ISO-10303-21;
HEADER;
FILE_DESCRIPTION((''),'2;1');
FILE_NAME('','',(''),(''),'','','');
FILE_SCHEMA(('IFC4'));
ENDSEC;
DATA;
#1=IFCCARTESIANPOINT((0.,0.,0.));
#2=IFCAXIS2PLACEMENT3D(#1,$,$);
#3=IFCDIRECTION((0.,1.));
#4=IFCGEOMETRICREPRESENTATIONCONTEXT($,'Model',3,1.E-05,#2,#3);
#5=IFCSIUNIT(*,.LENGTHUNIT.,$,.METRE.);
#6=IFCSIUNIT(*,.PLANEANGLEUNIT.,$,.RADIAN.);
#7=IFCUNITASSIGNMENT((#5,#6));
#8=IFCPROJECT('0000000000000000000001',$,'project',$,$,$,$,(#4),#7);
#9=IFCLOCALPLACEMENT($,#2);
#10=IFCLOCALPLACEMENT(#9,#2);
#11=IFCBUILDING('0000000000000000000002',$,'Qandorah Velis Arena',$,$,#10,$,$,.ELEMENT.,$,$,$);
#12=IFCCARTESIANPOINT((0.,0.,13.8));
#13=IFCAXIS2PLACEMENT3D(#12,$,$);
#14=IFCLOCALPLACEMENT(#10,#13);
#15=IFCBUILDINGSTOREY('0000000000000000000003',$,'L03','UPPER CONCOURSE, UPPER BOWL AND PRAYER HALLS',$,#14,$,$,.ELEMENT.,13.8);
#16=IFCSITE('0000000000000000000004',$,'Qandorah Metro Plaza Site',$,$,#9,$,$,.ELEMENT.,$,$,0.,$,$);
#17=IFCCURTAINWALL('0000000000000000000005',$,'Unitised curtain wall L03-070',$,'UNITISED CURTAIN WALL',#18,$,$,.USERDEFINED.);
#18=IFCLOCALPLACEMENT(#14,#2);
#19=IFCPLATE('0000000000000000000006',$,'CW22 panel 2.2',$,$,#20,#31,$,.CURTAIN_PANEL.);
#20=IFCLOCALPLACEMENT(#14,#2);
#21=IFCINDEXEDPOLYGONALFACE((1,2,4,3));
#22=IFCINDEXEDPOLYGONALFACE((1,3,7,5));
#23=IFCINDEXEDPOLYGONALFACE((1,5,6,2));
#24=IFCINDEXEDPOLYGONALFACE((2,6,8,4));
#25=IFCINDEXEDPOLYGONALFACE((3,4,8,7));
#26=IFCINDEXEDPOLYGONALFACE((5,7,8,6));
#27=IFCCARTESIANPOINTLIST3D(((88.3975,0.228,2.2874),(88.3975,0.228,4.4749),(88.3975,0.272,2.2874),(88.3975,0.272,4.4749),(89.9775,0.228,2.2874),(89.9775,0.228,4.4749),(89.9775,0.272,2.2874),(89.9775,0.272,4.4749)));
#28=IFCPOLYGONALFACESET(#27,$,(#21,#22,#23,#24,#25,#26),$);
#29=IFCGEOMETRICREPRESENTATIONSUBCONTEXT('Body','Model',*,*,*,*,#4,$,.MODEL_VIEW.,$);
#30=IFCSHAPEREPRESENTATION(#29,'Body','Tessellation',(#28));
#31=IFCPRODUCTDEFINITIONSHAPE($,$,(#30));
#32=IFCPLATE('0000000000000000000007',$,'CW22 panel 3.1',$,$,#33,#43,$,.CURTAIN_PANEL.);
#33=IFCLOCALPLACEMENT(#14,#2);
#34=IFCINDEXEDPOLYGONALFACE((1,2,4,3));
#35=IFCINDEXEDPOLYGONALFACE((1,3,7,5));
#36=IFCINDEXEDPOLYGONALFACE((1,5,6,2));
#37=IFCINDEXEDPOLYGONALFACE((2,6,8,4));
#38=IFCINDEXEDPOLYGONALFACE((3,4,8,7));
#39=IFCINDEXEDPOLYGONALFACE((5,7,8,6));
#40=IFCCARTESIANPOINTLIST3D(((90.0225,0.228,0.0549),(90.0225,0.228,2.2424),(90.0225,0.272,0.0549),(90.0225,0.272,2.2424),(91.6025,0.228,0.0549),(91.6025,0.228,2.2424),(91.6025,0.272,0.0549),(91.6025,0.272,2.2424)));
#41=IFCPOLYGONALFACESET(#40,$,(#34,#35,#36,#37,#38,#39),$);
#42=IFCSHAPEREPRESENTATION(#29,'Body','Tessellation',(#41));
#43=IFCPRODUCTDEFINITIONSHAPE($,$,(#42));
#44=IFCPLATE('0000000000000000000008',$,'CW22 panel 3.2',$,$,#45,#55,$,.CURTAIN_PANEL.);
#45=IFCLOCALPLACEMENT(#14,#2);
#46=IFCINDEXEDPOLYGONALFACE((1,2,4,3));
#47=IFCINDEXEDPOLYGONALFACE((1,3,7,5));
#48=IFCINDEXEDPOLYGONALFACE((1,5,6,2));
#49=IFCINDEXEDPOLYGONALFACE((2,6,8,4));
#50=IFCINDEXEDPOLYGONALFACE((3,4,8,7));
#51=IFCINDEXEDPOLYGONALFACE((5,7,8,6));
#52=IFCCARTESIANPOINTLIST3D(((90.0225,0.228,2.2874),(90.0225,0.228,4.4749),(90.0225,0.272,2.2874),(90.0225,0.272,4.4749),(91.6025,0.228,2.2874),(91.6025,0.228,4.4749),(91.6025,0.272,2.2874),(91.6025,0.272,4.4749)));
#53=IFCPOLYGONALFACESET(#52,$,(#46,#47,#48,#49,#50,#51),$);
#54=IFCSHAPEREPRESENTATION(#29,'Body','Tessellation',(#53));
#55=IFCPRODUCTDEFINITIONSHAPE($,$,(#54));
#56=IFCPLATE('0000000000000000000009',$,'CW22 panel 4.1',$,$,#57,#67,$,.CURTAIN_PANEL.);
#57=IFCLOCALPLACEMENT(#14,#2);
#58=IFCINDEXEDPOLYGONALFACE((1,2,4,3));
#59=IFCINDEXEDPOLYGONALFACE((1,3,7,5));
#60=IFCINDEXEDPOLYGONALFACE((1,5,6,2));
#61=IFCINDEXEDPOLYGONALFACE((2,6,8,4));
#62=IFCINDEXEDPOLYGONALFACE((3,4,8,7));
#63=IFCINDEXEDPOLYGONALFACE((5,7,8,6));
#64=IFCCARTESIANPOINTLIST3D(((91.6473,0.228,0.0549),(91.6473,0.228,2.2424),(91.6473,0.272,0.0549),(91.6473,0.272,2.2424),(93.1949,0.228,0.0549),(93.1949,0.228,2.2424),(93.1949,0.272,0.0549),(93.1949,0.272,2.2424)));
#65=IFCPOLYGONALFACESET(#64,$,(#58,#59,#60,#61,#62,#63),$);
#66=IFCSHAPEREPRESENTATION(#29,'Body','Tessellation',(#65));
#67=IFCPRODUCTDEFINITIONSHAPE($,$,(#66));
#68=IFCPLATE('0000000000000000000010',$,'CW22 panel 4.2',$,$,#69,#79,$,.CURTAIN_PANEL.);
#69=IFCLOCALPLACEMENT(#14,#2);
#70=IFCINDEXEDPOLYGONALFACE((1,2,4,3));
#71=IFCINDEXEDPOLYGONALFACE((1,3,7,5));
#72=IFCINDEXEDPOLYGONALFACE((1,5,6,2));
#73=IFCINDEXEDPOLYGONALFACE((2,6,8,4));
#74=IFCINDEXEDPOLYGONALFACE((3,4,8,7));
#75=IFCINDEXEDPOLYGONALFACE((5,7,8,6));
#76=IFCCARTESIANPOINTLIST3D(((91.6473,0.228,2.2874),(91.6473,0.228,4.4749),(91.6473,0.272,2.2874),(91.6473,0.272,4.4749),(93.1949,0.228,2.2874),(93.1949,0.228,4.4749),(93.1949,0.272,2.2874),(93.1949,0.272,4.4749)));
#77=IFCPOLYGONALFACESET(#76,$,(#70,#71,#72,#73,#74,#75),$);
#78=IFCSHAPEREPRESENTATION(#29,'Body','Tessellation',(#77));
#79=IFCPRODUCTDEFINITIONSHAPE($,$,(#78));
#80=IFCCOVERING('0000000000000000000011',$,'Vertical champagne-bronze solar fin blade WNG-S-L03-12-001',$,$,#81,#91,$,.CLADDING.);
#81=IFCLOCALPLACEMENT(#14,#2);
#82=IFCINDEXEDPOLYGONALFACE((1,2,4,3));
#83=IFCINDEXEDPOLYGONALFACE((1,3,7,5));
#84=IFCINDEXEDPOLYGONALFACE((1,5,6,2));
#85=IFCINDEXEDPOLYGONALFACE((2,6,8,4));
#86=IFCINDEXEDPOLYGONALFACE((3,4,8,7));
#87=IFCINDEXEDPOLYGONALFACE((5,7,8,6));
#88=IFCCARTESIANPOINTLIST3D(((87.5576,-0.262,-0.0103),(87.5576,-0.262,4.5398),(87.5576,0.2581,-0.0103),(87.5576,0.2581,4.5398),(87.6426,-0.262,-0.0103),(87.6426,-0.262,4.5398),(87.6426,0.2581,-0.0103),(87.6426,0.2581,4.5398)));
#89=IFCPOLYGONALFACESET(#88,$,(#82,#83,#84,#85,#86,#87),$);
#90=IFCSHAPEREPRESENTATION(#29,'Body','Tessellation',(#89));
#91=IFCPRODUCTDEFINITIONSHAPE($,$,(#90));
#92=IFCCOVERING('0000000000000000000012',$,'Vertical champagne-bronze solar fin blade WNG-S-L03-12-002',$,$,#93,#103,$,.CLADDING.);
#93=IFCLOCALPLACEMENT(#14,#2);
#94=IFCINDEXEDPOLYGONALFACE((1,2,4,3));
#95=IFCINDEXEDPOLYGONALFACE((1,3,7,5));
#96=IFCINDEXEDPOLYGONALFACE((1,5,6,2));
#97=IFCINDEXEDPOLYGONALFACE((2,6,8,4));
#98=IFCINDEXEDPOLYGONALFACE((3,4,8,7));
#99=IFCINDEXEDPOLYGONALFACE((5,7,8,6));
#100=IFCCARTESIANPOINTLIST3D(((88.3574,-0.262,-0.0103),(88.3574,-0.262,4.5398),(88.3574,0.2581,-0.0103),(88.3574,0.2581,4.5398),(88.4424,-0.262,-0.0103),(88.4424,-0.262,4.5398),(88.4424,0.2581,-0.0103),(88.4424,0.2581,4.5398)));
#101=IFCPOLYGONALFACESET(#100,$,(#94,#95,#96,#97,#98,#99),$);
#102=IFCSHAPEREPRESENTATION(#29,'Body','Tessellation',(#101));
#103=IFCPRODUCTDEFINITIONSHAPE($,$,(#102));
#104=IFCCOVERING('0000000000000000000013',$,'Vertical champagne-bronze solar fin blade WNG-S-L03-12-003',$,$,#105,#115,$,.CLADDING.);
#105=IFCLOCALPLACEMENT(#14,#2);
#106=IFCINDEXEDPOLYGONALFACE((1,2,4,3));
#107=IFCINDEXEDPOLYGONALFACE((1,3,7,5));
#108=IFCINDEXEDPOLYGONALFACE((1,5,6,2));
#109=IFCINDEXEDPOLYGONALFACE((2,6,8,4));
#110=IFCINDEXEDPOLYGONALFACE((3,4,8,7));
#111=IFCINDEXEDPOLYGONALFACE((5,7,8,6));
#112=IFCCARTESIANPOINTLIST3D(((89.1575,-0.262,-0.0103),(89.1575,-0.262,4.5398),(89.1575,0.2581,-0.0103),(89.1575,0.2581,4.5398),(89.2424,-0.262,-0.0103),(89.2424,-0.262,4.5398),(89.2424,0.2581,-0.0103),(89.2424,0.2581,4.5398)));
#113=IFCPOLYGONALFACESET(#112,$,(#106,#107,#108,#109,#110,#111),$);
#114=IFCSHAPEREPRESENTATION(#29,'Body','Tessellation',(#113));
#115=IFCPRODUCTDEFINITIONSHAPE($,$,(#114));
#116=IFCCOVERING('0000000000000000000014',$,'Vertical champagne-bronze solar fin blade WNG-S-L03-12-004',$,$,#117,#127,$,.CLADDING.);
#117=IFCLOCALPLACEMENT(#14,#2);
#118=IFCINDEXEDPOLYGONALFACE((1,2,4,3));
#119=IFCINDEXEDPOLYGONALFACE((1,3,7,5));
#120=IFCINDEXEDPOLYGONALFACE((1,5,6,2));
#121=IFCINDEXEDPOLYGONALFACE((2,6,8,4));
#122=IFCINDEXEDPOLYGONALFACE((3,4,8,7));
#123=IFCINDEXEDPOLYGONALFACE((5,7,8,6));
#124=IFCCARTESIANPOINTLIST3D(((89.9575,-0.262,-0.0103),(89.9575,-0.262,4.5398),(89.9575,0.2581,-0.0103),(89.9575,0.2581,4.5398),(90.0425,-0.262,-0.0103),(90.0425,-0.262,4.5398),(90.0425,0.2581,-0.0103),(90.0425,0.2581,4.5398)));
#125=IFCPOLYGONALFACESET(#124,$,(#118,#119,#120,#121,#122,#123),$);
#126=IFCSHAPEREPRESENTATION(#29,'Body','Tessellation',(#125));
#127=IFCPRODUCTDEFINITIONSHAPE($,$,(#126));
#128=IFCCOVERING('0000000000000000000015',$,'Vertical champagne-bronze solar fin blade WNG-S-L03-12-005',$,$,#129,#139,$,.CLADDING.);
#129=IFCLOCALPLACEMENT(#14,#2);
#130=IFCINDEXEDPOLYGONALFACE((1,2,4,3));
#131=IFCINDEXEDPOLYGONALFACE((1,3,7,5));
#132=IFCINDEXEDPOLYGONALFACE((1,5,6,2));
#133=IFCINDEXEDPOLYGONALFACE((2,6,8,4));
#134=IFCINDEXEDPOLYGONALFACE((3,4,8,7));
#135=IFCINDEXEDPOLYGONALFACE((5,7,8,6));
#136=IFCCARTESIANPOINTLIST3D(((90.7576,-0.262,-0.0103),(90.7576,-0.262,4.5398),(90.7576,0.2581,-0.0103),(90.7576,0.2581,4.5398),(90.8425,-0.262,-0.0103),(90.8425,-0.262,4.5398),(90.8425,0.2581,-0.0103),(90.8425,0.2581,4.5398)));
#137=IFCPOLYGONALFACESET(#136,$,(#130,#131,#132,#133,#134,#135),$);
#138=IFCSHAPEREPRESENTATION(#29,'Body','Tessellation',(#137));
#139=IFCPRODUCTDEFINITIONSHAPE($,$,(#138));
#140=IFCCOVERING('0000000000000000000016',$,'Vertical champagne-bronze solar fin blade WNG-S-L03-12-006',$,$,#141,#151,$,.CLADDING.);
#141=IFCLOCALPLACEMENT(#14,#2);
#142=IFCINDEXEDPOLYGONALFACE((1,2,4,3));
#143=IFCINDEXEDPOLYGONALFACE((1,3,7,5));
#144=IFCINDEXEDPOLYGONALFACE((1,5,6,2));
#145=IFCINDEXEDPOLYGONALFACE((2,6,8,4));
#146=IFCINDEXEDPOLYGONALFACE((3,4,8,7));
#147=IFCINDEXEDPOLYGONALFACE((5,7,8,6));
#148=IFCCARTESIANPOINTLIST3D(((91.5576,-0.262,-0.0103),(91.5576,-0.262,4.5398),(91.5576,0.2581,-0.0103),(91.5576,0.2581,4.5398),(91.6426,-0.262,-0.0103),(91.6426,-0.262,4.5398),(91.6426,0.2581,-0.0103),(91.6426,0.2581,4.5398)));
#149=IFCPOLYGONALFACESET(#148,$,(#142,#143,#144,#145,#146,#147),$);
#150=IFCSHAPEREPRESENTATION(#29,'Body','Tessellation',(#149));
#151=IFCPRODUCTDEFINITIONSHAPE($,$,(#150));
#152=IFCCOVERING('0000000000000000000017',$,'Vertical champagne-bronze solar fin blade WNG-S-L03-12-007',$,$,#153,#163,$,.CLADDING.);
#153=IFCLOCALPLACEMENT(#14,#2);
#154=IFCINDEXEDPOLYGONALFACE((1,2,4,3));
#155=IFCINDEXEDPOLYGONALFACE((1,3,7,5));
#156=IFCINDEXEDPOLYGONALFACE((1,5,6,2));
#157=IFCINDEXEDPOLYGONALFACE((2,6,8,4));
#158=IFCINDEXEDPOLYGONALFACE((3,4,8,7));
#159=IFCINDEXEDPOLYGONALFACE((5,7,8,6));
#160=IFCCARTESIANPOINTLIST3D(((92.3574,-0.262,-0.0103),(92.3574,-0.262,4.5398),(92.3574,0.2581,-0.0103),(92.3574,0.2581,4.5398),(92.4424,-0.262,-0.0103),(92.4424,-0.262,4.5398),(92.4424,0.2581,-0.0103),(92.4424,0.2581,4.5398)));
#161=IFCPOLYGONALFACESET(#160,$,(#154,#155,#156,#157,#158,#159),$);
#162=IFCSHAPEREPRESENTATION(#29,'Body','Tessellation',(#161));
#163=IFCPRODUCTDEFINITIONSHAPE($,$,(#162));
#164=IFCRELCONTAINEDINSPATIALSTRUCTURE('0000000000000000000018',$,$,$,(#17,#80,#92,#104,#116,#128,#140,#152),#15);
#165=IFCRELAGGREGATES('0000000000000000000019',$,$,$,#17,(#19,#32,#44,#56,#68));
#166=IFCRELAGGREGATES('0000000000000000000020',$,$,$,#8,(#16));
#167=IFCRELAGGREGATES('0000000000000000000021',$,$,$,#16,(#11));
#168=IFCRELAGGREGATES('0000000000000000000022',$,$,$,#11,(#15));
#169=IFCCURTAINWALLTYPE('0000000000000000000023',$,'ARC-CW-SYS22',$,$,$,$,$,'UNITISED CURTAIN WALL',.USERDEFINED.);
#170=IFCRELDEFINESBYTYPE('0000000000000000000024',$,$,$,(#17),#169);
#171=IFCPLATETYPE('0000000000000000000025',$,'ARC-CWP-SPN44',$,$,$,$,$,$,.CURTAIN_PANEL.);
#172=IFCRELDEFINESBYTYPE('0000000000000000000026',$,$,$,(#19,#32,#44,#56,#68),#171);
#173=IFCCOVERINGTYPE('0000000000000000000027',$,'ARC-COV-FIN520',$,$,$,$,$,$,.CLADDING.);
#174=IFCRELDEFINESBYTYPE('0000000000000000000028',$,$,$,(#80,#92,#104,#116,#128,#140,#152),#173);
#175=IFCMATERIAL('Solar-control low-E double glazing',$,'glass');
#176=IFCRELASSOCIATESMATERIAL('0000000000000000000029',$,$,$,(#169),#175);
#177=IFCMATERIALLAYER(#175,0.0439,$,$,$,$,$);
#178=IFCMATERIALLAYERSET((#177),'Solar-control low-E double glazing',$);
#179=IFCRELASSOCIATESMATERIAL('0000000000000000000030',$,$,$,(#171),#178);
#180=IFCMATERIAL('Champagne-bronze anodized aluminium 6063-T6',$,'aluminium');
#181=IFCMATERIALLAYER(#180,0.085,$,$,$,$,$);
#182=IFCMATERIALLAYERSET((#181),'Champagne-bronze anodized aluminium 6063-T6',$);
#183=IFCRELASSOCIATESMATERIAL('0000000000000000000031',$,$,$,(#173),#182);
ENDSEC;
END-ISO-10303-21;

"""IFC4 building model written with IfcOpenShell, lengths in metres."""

from ifc_helpers import new_model, si_unit, direction, frame, origin, origin_2d, place, context, subcontext, project, spatial, rectangle, extrude, material, layer, layer_set, type_object, element, aggregate, save


model = new_model("IFC4")

# Units and contexts
model_context = context("Model", 3, precision=1e-05, world=origin(), true_north=direction((0.0, 1.0)))
body_context = subcontext(model_context, "Body", "Model", "MODEL_VIEW")
ifc_project = project(units=[si_unit("LENGTHUNIT", "METRE"), si_unit("PLANEANGLEUNIT", "RADIAN")], contexts=[model_context])

# Site, building, storey
site_placement = place(None, origin())
site = spatial("IfcSite", under=ifc_project, at=site_placement, Name="Qandorah Metro Plaza Site", CompositionType="ELEMENT", RefElevation=0.0)
building_placement = place(site_placement, origin())
building = spatial("IfcBuilding", under=site, at=building_placement, Name="Qandorah Velis Arena", CompositionType="ELEMENT")
storey_placement = place(building_placement, frame((0.0, 0.0, 13.8)))
storey = spatial("IfcBuildingStorey", under=building, at=storey_placement, Name="L03", Description="UPPER CONCOURSE, UPPER BOWL AND PRAYER HALLS", CompositionType="ELEMENT", Elevation=13.8)

# Curtain wall
ifc_material_1 = material(Name="Solar-control low-E double glazing", Category="glass")
curtain_wall_type = type_object("IfcCurtainWallType", Name="ARC-CW-SYS22", ElementType="UNITISED CURTAIN WALL", PredefinedType="USERDEFINED", material=ifc_material_1)
curtain_wall_placement = place(storey_placement, origin())
curtain_wall = element("IfcCurtainWall", 1, at=curtain_wall_placement, inside=storey, type_object=curtain_wall_type, Name="Unitised curtain wall L03-070", ObjectType="UNITISED CURTAIN WALL", PredefinedType="USERDEFINED")
ifc_material_2 = material(Name="Champagne-bronze anodized aluminium 6063-T6", Category="aluminium")

# Plates
ifc_layer_1 = layer(ifc_material_1, 0.0439)
ifc_layer_set_1 = layer_set([ifc_layer_1], Name="Solar-control low-E double glazing")
plate_type = type_object("IfcPlateType", Name="ARC-CWP-SPN44", PredefinedType="CURTAIN_PANEL", material=ifc_layer_set_1)
plate_1_placement = place(storey_placement, frame((89.1875, 0.25, 2.2874), z_axis=(0.0, 0.0, 1.0), x_axis=(1.0, 0.0, 0.0)))
plate_1 = element("IfcPlate", 2, at=plate_1_placement, type_object=plate_type, Name="CW22 panel 2.2", PredefinedType="CURTAIN_PANEL", context=body_context, shape_type="SweptSolid", body=[
    extrude(rectangle(XDim=1.5801, YDim=0.0439, at=origin_2d()), origin(), (0.0, 0.0, 1.0), 2.1875),
])
plate_2_placement = place(storey_placement, frame((90.8125, 0.25, 0.0549), z_axis=(0.0, 0.0, 1.0), x_axis=(1.0, 0.0, 0.0)))
plate_2 = element("IfcPlate", 3, at=plate_2_placement, type_object=plate_type, Name="CW22 panel 3.1", PredefinedType="CURTAIN_PANEL", context=body_context, shape_type="SweptSolid", body=[
    extrude(rectangle(XDim=1.5801, YDim=0.0439, at=origin_2d()), origin(), (0.0, 0.0, 1.0), 2.1875),
])
plate_3_placement = place(storey_placement, frame((90.8125, 0.25, 2.2874), z_axis=(0.0, 0.0, 1.0), x_axis=(1.0, 0.0, 0.0)))
plate_3 = element("IfcPlate", 4, at=plate_3_placement, type_object=plate_type, Name="CW22 panel 3.2", PredefinedType="CURTAIN_PANEL", context=body_context, shape_type="SweptSolid", body=[
    extrude(rectangle(XDim=1.5801, YDim=0.0439, at=origin_2d()), origin(), (0.0, 0.0, 1.0), 2.1875),
])
plate_4_placement = place(storey_placement, frame((92.4211, 0.25, 0.0549), z_axis=(0.0, 0.0, 1.0), x_axis=(1.0, 0.0, 0.0)))
plate_4 = element("IfcPlate", 5, at=plate_4_placement, type_object=plate_type, Name="CW22 panel 4.1", PredefinedType="CURTAIN_PANEL", context=body_context, shape_type="SweptSolid", body=[
    extrude(rectangle(XDim=1.5476, YDim=0.0439, at=origin_2d()), origin(), (0.0, 0.0, 1.0), 2.1875),
])
plate_5_placement = place(storey_placement, frame((92.4211, 0.25, 2.2874), z_axis=(0.0, 0.0, 1.0), x_axis=(1.0, 0.0, 0.0)))
plate_5 = element("IfcPlate", 6, at=plate_5_placement, type_object=plate_type, Name="CW22 panel 4.2", PredefinedType="CURTAIN_PANEL", context=body_context, shape_type="SweptSolid", body=[
    extrude(rectangle(XDim=1.5476, YDim=0.0439, at=origin_2d()), origin(), (0.0, 0.0, 1.0), 2.1875),
])
aggregate(curtain_wall, [plate_1, plate_2, plate_3, plate_4, plate_5])

# Coverings
ifc_layer_2 = layer(ifc_material_2, 0.085)
ifc_layer_set_2 = layer_set([ifc_layer_2], Name="Champagne-bronze anodized aluminium 6063-T6")
covering_type = type_object("IfcCoveringType", Name="ARC-COV-FIN520", PredefinedType="CLADDING", material=ifc_layer_set_2)
for number, where, z_axis, x_axis, name in (
    (7, (87.6001, -0.002, -0.0103), (0.0, 0.0, 1.0), (1.0, 0.0, 0.0), "Vertical champagne-bronze solar fin blade WNG-S-L03-12-001"),
    (8, (88.3999, -0.002, -0.0103), (0.0, 0.0, 1.0), (1.0, 0.0, 0.0), "Vertical champagne-bronze solar fin blade WNG-S-L03-12-002"),
    (9, (89.2, -0.002, -0.0103), (0.0, 0.0, 1.0), (1.0, 0.0, 0.0), "Vertical champagne-bronze solar fin blade WNG-S-L03-12-003"),
    (10, (90.0, -0.002, -0.0103), (0.0, 0.0, 1.0), (1.0, 0.0, 0.0), "Vertical champagne-bronze solar fin blade WNG-S-L03-12-004"),
    (11, (90.8, -0.002, -0.0103), (0.0, 0.0, 1.0), (1.0, 0.0, 0.0), "Vertical champagne-bronze solar fin blade WNG-S-L03-12-005"),
    (12, (91.6001, -0.002, -0.0103), (0.0, 0.0, 1.0), (1.0, 0.0, 0.0), "Vertical champagne-bronze solar fin blade WNG-S-L03-12-006"),
    (13, (92.3999, -0.002, -0.0103), (0.0, 0.0, 1.0), (1.0, 0.0, 0.0), "Vertical champagne-bronze solar fin blade WNG-S-L03-12-007"),
):
    element("IfcCovering", number, at=place(storey_placement, frame(where, z_axis=z_axis, x_axis=x_axis)), inside=storey, type_object=covering_type, Name=name, PredefinedType="CLADDING", context=body_context, shape_type="SweptSolid", body=[
        extrude(rectangle(XDim=0.085, YDim=0.52, at=origin_2d()), origin(), (0.0, 0.0, 1.0), 4.55),
    ])

save(model, "model.ifc")
